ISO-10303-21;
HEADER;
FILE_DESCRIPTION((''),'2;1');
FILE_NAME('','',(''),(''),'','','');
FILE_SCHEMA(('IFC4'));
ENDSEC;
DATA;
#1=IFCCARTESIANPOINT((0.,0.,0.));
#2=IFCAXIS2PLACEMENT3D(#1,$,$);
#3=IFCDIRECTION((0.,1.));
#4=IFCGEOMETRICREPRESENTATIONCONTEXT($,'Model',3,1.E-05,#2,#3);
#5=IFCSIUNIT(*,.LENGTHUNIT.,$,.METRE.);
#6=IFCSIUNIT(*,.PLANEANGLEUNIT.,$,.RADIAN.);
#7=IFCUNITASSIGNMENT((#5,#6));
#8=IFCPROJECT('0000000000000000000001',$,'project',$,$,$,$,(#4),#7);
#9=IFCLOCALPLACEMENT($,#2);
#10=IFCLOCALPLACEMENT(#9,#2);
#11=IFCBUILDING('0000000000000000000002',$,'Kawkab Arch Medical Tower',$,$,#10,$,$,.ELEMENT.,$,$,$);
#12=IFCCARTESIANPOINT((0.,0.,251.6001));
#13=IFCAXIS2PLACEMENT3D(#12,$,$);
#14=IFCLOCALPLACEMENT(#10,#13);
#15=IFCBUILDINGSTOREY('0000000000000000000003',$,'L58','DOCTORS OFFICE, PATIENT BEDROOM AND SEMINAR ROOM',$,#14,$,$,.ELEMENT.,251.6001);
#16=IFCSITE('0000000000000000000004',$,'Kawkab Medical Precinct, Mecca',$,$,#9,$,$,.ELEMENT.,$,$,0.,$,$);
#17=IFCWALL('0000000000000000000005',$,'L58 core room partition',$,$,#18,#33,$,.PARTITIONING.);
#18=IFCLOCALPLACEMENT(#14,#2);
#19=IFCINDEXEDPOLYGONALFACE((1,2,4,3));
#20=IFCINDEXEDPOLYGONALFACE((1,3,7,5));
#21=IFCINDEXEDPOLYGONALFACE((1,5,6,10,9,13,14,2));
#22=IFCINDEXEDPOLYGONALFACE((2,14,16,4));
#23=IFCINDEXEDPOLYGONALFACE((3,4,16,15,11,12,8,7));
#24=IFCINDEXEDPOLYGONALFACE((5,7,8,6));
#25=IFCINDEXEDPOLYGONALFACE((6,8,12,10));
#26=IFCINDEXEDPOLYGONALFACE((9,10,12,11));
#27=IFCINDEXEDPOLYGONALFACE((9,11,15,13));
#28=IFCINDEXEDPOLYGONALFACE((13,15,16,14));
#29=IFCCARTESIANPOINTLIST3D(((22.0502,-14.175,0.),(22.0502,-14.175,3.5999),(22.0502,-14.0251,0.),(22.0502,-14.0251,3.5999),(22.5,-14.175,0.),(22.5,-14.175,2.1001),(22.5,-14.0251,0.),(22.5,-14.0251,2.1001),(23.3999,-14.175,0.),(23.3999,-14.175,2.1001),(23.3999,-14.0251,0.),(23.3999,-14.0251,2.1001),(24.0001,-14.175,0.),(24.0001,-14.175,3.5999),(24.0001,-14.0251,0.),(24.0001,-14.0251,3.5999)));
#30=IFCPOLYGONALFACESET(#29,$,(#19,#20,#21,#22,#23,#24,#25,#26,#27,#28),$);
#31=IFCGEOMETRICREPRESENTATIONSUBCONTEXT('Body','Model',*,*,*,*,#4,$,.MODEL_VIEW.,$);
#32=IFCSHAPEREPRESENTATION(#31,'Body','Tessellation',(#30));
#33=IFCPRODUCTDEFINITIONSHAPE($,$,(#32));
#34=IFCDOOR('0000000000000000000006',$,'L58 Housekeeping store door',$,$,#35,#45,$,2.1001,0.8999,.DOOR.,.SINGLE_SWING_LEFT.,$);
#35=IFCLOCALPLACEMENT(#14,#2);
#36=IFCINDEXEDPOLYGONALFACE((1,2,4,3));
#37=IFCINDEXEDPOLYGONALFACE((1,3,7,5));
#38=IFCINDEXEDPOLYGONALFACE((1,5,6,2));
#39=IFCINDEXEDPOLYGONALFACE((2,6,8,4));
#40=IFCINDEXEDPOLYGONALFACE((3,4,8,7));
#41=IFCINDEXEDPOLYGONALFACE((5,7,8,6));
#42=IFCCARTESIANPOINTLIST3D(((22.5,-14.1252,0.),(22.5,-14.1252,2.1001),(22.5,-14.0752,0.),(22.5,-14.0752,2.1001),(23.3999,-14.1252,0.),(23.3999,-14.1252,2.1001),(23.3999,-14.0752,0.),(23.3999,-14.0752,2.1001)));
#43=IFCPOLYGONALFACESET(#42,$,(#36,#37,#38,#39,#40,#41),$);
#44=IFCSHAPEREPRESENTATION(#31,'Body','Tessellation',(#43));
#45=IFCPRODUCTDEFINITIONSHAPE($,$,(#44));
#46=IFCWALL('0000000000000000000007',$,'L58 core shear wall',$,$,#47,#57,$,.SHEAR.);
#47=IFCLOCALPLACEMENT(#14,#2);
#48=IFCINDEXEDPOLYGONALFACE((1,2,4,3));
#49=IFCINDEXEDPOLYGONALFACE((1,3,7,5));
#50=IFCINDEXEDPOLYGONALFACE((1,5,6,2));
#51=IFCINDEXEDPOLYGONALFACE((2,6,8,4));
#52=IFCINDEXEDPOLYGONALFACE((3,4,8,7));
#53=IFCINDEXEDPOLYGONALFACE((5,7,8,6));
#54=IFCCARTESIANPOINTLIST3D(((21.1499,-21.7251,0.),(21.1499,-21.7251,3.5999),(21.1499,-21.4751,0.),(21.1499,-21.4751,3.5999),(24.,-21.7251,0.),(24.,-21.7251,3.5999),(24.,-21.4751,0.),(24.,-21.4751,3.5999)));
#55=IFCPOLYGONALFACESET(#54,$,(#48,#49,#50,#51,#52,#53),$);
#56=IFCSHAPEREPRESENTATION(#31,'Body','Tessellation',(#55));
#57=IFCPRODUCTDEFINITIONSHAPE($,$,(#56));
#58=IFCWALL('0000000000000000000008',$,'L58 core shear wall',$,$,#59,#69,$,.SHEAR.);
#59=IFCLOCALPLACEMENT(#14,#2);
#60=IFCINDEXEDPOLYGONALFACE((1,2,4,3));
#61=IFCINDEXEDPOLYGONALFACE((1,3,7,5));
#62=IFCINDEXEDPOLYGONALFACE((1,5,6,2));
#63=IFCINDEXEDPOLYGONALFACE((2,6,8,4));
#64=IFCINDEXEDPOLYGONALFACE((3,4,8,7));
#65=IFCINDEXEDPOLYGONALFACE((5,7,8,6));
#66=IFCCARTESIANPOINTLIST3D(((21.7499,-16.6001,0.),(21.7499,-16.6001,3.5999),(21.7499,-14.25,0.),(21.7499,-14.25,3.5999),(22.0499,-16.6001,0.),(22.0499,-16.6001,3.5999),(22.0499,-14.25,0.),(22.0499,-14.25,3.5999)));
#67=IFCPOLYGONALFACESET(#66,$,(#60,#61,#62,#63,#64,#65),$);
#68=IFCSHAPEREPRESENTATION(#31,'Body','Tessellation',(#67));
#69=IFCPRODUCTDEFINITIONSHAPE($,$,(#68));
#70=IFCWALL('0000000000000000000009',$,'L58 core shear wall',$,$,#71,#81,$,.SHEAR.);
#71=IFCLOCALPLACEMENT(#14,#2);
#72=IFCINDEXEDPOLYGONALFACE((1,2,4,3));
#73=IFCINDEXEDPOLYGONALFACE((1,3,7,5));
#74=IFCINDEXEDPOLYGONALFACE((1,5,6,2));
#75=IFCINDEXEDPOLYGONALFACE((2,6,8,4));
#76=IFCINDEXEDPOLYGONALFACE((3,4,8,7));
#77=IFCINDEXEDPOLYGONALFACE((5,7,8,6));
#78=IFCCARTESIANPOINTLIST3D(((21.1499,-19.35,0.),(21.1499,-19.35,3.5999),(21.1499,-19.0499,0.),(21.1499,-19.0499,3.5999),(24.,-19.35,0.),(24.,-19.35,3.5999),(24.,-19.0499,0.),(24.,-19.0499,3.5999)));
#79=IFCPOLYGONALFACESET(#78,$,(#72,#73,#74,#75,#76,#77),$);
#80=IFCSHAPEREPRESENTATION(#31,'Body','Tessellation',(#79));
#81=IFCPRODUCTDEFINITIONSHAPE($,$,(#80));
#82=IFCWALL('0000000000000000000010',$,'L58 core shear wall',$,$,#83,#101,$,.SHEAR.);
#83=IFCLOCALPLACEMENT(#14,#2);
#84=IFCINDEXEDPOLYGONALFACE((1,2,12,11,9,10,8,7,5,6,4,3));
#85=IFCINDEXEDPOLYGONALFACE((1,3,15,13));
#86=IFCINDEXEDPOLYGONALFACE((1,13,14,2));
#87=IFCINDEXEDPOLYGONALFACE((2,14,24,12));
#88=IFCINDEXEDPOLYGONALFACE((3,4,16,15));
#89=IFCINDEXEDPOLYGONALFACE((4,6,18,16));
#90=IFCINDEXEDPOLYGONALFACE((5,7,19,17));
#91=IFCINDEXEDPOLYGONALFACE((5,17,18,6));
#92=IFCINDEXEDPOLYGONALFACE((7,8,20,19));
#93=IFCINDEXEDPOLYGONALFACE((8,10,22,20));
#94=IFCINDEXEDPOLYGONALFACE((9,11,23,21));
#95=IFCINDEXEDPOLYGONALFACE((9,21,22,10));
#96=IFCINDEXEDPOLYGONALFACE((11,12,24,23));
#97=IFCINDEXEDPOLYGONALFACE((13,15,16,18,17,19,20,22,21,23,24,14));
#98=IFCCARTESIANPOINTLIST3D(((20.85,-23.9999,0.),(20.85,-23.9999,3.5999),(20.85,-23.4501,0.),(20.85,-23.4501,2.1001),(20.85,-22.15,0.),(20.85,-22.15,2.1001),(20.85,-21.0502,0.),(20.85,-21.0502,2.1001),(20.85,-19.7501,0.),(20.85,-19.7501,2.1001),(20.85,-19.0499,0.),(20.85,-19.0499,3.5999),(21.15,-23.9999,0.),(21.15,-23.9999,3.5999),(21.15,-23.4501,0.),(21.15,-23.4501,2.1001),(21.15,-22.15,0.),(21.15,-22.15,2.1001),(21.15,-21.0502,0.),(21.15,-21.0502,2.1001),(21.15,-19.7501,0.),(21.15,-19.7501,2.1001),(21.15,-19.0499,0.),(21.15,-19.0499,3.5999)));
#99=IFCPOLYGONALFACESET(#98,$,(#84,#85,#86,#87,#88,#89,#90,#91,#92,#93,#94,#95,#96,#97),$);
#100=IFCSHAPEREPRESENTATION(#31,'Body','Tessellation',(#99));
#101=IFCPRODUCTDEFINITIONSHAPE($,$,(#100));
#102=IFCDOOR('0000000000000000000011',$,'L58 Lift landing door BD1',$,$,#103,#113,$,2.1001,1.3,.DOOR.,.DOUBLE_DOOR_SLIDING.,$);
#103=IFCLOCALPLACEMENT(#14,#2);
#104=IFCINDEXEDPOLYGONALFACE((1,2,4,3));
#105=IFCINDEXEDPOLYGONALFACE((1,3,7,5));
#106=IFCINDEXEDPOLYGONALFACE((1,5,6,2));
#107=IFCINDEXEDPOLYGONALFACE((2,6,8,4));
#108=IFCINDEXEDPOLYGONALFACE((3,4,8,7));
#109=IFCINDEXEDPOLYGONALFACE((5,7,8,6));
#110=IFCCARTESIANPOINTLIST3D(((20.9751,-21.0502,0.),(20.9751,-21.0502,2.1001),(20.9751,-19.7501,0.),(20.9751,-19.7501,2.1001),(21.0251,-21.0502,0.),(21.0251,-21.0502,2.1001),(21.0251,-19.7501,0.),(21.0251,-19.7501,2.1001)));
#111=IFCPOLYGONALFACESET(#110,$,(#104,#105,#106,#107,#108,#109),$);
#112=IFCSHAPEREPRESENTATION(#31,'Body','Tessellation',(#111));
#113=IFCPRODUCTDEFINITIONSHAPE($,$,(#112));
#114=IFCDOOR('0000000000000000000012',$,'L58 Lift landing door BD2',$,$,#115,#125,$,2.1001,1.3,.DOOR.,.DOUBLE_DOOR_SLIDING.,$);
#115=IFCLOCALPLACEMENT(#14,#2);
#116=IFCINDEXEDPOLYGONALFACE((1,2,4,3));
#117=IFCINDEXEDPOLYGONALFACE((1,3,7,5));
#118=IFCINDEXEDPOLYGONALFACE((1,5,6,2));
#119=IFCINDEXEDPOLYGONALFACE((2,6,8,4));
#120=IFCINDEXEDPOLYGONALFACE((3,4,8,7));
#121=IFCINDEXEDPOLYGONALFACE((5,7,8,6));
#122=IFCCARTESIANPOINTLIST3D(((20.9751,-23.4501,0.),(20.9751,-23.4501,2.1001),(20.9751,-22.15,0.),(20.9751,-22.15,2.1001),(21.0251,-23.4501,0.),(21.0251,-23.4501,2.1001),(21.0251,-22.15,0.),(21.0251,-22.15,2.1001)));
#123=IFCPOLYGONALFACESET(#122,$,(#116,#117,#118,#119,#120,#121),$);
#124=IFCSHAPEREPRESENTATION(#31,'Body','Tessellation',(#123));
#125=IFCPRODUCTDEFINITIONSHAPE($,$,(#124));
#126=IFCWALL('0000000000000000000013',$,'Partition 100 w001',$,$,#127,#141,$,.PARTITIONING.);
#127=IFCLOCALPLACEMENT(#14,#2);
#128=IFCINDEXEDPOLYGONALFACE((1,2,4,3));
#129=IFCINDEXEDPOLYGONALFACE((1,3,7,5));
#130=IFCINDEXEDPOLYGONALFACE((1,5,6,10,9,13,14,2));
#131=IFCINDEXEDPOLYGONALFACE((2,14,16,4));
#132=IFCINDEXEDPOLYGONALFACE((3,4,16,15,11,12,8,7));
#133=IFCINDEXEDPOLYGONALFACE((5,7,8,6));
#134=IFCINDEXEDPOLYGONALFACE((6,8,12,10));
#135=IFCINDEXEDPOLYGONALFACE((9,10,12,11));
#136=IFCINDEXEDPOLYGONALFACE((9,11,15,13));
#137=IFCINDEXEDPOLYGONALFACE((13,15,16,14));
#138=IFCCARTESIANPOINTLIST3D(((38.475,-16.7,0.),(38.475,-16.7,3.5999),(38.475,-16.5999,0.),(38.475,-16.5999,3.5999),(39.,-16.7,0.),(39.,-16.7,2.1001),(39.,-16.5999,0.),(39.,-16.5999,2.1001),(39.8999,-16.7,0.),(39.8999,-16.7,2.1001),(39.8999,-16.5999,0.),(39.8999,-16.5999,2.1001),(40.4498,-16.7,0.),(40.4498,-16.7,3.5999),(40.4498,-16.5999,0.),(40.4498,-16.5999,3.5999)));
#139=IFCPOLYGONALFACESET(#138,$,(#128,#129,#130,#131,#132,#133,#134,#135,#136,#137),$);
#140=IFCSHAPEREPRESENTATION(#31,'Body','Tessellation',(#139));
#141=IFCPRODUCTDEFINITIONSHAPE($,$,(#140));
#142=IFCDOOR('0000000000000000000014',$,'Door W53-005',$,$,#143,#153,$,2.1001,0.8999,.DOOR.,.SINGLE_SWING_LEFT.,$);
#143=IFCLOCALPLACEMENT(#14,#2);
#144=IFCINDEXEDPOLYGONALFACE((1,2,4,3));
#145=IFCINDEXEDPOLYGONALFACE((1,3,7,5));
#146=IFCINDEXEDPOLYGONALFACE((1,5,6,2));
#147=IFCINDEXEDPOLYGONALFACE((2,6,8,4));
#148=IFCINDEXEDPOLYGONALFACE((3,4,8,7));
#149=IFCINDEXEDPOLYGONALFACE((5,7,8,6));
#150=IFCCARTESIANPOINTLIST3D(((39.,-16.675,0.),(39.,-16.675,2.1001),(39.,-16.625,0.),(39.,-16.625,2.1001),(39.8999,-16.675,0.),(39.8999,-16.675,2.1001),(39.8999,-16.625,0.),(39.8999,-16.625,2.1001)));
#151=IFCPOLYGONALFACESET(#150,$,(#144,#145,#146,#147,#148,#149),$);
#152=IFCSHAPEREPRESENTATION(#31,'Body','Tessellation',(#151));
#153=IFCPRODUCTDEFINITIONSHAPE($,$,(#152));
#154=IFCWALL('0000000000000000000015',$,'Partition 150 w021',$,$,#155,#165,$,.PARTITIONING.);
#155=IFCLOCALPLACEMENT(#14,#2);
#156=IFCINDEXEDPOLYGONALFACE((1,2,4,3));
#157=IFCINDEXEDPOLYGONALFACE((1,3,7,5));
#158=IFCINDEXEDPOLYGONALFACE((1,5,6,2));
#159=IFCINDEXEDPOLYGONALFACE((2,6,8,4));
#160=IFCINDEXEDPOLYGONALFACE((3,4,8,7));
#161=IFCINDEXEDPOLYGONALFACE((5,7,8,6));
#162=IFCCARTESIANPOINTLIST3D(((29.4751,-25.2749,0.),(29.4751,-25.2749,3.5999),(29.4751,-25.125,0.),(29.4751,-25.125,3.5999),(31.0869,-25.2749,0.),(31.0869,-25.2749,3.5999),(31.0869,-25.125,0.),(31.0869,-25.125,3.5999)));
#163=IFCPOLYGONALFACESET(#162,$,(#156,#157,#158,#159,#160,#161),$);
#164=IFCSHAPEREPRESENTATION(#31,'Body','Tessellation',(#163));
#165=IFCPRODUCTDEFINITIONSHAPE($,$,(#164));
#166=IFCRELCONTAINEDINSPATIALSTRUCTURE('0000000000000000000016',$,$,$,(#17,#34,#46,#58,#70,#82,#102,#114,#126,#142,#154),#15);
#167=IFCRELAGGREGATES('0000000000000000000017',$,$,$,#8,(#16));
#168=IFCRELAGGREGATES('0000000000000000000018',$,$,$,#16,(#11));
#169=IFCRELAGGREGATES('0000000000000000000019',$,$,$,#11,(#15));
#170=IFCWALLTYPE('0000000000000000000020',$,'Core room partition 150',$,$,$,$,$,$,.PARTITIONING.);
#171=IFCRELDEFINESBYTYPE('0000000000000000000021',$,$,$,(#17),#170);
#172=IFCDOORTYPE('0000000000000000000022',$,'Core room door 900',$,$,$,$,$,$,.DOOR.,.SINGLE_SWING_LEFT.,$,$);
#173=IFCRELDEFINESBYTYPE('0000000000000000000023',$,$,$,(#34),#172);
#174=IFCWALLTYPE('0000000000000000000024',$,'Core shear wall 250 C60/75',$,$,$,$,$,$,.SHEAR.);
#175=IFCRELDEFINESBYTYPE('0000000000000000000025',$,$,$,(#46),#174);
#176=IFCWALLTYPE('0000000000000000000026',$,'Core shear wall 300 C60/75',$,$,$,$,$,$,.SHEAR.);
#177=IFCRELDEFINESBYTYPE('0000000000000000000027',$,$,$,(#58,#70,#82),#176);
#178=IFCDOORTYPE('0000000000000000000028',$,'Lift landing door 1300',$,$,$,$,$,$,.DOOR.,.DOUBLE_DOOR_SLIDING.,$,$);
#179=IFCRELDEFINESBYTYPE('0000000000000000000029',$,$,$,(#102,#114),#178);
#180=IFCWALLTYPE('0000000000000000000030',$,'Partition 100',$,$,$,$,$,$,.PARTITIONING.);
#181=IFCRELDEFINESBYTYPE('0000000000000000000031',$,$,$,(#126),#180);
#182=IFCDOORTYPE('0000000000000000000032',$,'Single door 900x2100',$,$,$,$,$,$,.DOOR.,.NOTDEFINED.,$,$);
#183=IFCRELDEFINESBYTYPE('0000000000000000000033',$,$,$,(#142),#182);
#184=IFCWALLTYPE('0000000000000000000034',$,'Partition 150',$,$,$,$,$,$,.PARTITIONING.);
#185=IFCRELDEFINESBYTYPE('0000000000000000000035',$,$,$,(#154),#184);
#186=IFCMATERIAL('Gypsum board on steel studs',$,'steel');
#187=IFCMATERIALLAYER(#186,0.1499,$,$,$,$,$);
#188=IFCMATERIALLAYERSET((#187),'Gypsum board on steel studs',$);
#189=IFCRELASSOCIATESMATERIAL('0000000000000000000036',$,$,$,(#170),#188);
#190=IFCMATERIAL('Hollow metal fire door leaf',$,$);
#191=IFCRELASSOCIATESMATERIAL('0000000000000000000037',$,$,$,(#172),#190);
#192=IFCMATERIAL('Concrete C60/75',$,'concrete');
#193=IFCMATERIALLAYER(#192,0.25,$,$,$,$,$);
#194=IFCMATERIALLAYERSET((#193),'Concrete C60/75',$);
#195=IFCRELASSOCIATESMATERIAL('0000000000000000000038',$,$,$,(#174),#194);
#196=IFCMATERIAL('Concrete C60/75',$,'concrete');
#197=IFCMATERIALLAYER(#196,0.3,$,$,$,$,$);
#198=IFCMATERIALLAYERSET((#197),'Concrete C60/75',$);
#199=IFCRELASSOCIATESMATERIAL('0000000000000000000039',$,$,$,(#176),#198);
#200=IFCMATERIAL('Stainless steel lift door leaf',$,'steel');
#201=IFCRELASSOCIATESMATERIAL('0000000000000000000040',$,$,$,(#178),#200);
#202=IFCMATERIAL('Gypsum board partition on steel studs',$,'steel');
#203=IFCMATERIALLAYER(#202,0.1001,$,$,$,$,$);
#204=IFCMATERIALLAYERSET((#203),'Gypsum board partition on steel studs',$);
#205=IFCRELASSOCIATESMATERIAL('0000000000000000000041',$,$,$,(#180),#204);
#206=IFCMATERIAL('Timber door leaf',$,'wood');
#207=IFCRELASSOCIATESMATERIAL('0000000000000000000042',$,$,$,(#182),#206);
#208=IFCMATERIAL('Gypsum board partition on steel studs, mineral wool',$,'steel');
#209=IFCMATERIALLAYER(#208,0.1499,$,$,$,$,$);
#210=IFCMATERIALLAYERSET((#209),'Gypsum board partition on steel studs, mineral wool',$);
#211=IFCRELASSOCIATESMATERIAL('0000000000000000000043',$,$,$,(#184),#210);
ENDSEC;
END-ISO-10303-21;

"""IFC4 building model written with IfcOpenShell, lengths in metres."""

from ifc_helpers import new_model, si_unit, direction, frame, frame_2d, origin, place, context, subcontext, project, spatial, rectangle, extrude, material, layer, layer_set, type_object, element, fill, save


model = new_model("IFC4")

# Units and contexts
model_context = context("Model", 3, precision=1e-05, world=origin(), true_north=direction((0.0, 1.0)))
body_context = subcontext(model_context, "Body", "Model", "MODEL_VIEW")
ifc_project = project(units=[si_unit("LENGTHUNIT", "METRE"), si_unit("PLANEANGLEUNIT", "RADIAN")], contexts=[model_context])

# Site, building, storey
site_placement = place(None, origin())
site = spatial("IfcSite", under=ifc_project, at=site_placement, Name="Kawkab Medical Precinct, Mecca", CompositionType="ELEMENT", RefElevation=0.0)
building_placement = place(site_placement, origin())
building = spatial("IfcBuilding", under=site, at=building_placement, Name="Kawkab Arch Medical Tower", CompositionType="ELEMENT")
storey_placement = place(building_placement, frame((0.0, 0.0, 251.6001)))
storey = spatial("IfcBuildingStorey", under=building, at=storey_placement, Name="L58", Description="DOCTORS OFFICE, PATIENT BEDROOM AND SEMINAR ROOM", CompositionType="ELEMENT", Elevation=251.6001)

# Shared definitions
ifc_material_1 = material(Name="Gypsum board on steel studs", Category="steel")
ifc_layer_1 = layer(ifc_material_1, 0.1499)
ifc_layer_set_1 = layer_set([ifc_layer_1], Name="Gypsum board on steel studs")
wall_type_1 = type_object("IfcWallType", Name="Core room partition 150", PredefinedType="PARTITIONING", material=ifc_layer_set_1)

# Wall, opening, door
wall_1_placement = place(storey_placement, frame((22.05, -14.1001, 0.0), z_axis=(0.0, 0.0, 1.0), x_axis=(1.0, 0.0, 0.0)))
wall_1 = element("IfcWall", 1, at=wall_1_placement, inside=storey, type_object=wall_type_1, Name="L58 core room partition", PredefinedType="PARTITIONING", context=body_context, shape_type="SweptSolid", body=[
    extrude(rectangle(XDim=1.95, YDim=0.1499, at=frame_2d((0.9751, 0.0))), origin(), (0.0, 0.0, 1.0), 3.5999),
])
opening_1_placement = place(wall_1_placement, frame((0.45, 0.0, 0.0)))
opening_1 = element("IfcOpeningElement", 2, at=opening_1_placement, cuts=wall_1, PredefinedType="OPENING", context=body_context, shape_type="SweptSolid", body=[
    extrude(rectangle(XDim=0.8999, YDim=2.1001, at=frame_2d((0.45, 1.05))), frame((0.0, 0.085, 0.0), z_axis=(0.0, -1.0, 0.0), x_axis=(1.0, 0.0, 0.0)), (0.0, 0.0, 1.0), 0.1699),
])
ifc_material_2 = material(Name="Hollow metal fire door leaf")
door_type_1 = type_object("IfcDoorType", Name="Core room door 900", OperationType="SINGLE_SWING_LEFT", PredefinedType="DOOR", material=ifc_material_2)
door_1_placement = place(opening_1_placement, origin())
door_1 = element("IfcDoor", 3, at=door_1_placement, inside=storey, type_object=door_type_1, Name="L58 Housekeeping store door", OperationType="SINGLE_SWING_LEFT", OverallHeight=2.1001, OverallWidth=0.8999, PredefinedType="DOOR", context=body_context, shape_type="SweptSolid", body=[
    extrude(rectangle(XDim=0.8999, YDim=2.1001, at=frame_2d((0.45, 1.05))), frame((0.0, 0.0249, 0.0), z_axis=(0.0, -1.0, 0.0), x_axis=(1.0, 0.0, 0.0)), (0.0, 0.0, 1.0), 0.05),
])
fill(opening_1, door_1)

# Walls
ifc_material_3 = material(Name="Concrete C60/75", Category="concrete")
ifc_layer_2 = layer(ifc_material_3, 0.25)
ifc_layer_set_2 = layer_set([ifc_layer_2], Name="Concrete C60/75")
wall_type_2 = type_object("IfcWallType", Name="Core shear wall 250 C60/75", PredefinedType="SHEAR", material=ifc_layer_set_2)
wall_2_placement = place(storey_placement, frame((21.1499, -21.6001, 0.0), z_axis=(0.0, 0.0, 1.0), x_axis=(1.0, 0.0, 0.0)))
element("IfcWall", 4, at=wall_2_placement, inside=storey, type_object=wall_type_2, Name="L58 core shear wall", PredefinedType="SHEAR", context=body_context, shape_type="SweptSolid", body=[
    extrude(rectangle(XDim=2.8501, YDim=0.25, at=frame_2d((1.425, 0.0))), origin(), (0.0, 0.0, 1.0), 3.5999),
])
ifc_material_4 = material(Name="Concrete C60/75", Category="concrete")
ifc_layer_3 = layer(ifc_material_4, 0.3)
ifc_layer_set_3 = layer_set([ifc_layer_3], Name="Concrete C60/75")
wall_type_3 = type_object("IfcWallType", Name="Core shear wall 300 C60/75", PredefinedType="SHEAR", material=ifc_layer_set_3)
wall_3_placement = place(storey_placement, frame((21.8999, -16.6001, 0.0), z_axis=(0.0, 0.0, 1.0), x_axis=(0.0, 1.0, 0.0)))
element("IfcWall", 5, at=wall_3_placement, inside=storey, type_object=wall_type_3, Name="L58 core shear wall", PredefinedType="SHEAR", context=body_context, shape_type="SweptSolid", body=[
    extrude(rectangle(XDim=2.3501, YDim=0.3, at=frame_2d((1.175, 0.0))), origin(), (0.0, 0.0, 1.0), 3.5999),
])
wall_4_placement = place(storey_placement, frame((21.1499, -19.2, 0.0), z_axis=(0.0, 0.0, 1.0), x_axis=(1.0, 0.0, 0.0)))
element("IfcWall", 6, at=wall_4_placement, inside=storey, type_object=wall_type_3, Name="L58 core shear wall", PredefinedType="SHEAR", context=body_context, shape_type="SweptSolid", body=[
    extrude(rectangle(XDim=2.8501, YDim=0.3, at=frame_2d((1.425, 0.0))), origin(), (0.0, 0.0, 1.0), 3.5999),
])

# Wall, openings, doors
wall_5_placement = place(storey_placement, frame((21.0, -24.0, 0.0), z_axis=(0.0, 0.0, 1.0), x_axis=(0.0, 1.0, 0.0)))
wall_5 = element("IfcWall", 7, at=wall_5_placement, inside=storey, type_object=wall_type_3, Name="L58 core shear wall", PredefinedType="SHEAR", context=body_context, shape_type="SweptSolid", body=[
    extrude(rectangle(XDim=4.95, YDim=0.3, at=frame_2d((2.4751, 0.0))), origin(), (0.0, 0.0, 1.0), 3.5999),
])
opening_2_placement = place(wall_5_placement, frame((2.95, 0.0, 0.0)))
opening_2 = element("IfcOpeningElement", 8, at=opening_2_placement, cuts=wall_5, PredefinedType="OPENING", context=body_context, shape_type="SweptSolid", body=[
    extrude(rectangle(XDim=1.3, YDim=2.1001, at=frame_2d((0.6499, 1.05))), frame((0.0, 0.1599, 0.0), z_axis=(0.0, -1.0, 0.0), x_axis=(1.0, 0.0, 0.0)), (0.0, 0.0, 1.0), 0.3201),
])
opening_3_placement = place(wall_5_placement, frame((0.55, 0.0, 0.0)))
opening_3 = element("IfcOpeningElement", 9, at=opening_3_placement, cuts=wall_5, PredefinedType="OPENING", context=body_context, shape_type="SweptSolid", body=[
    extrude(rectangle(XDim=1.3, YDim=2.1001, at=frame_2d((0.6499, 1.05))), frame((0.0, 0.1599, 0.0), z_axis=(0.0, -1.0, 0.0), x_axis=(1.0, 0.0, 0.0)), (0.0, 0.0, 1.0), 0.3201),
])
ifc_material_5 = material(Name="Stainless steel lift door leaf", Category="steel")
door_type_2 = type_object("IfcDoorType", Name="Lift landing door 1300", OperationType="DOUBLE_DOOR_SLIDING", PredefinedType="DOOR", material=ifc_material_5)
door_2_placement = place(opening_2_placement, origin())
door_2 = element("IfcDoor", 10, at=door_2_placement, inside=storey, type_object=door_type_2, Name="L58 Lift landing door BD1", OperationType="DOUBLE_DOOR_SLIDING", OverallHeight=2.1001, OverallWidth=1.3, PredefinedType="DOOR", context=body_context, shape_type="SweptSolid", body=[
    extrude(rectangle(XDim=1.3, YDim=2.1001, at=frame_2d((0.6499, 1.05))), frame((0.0, 0.0249, 0.0), z_axis=(0.0, -1.0, 0.0), x_axis=(1.0, 0.0, 0.0)), (0.0, 0.0, 1.0), 0.05),
])
fill(opening_2, door_2)
door_3_placement = place(opening_3_placement, origin())
door_3 = element("IfcDoor", 11, at=door_3_placement, inside=storey, type_object=door_type_2, Name="L58 Lift landing door BD2", OperationType="DOUBLE_DOOR_SLIDING", OverallHeight=2.1001, OverallWidth=1.3, PredefinedType="DOOR", context=body_context, shape_type="SweptSolid", body=[
    extrude(rectangle(XDim=1.3, YDim=2.1001, at=frame_2d((0.6499, 1.05))), frame((0.0, 0.0249, 0.0), z_axis=(0.0, -1.0, 0.0), x_axis=(1.0, 0.0, 0.0)), (0.0, 0.0, 1.0), 0.05),
])
fill(opening_3, door_3)

# Wall, opening, door
ifc_material_6 = material(Name="Gypsum board partition on steel studs", Category="steel")
ifc_layer_4 = layer(ifc_material_6, 0.1001)
ifc_layer_set_4 = layer_set([ifc_layer_4], Name="Gypsum board partition on steel studs")
wall_type_4 = type_object("IfcWallType", Name="Partition 100", PredefinedType="PARTITIONING", material=ifc_layer_set_4)
wall_6_placement = place(storey_placement, frame((38.4751, -16.6499, 0.0), z_axis=(0.0, 0.0, 1.0), x_axis=(1.0, 0.0, 0.0)))
wall_6 = element("IfcWall", 12, at=wall_6_placement, inside=storey, type_object=wall_type_4, Name="Partition 100 w001", PredefinedType="PARTITIONING", context=body_context, shape_type="SweptSolid", body=[
    extrude(rectangle(XDim=1.9749, YDim=0.1001, at=frame_2d((0.9873, 0.0))), origin(), (0.0, 0.0, 1.0), 3.5999),
])
opening_4_placement = place(wall_6_placement, frame((0.5249, 0.0, 0.0)))
opening_4 = element("IfcOpeningElement", 13, at=opening_4_placement, cuts=wall_6, PredefinedType="OPENING", context=body_context, shape_type="SweptSolid", body=[
    extrude(rectangle(XDim=0.8999, YDim=2.1001, at=frame_2d((0.45, 1.05))), frame((0.0, 0.0601, 0.0), z_axis=(0.0, -1.0, 0.0), x_axis=(1.0, 0.0, 0.0)), (0.0, 0.0, 1.0), 0.1201),
])
ifc_material_7 = material(Name="Timber door leaf", Category="wood")
door_type_3 = type_object("IfcDoorType", Name="Single door 900x2100", OperationType="NOTDEFINED", PredefinedType="DOOR", material=ifc_material_7)
door_4_placement = place(opening_4_placement, origin())
door_4 = element("IfcDoor", 14, at=door_4_placement, inside=storey, type_object=door_type_3, Name="Door W53-005", OperationType="SINGLE_SWING_LEFT", OverallHeight=2.1001, OverallWidth=0.8999, PredefinedType="DOOR", context=body_context, shape_type="SweptSolid", body=[
    extrude(rectangle(XDim=0.8999, YDim=2.1001, at=frame_2d((0.45, 1.05))), frame((0.0, 0.0249, 0.0), z_axis=(0.0, -1.0, 0.0), x_axis=(1.0, 0.0, 0.0)), (0.0, 0.0, 1.0), 0.05),
])
fill(opening_4, door_4)

# Wall
ifc_material_8 = material(Name="Gypsum board partition on steel studs, mineral wool", Category="steel")
ifc_layer_5 = layer(ifc_material_8, 0.1499)
ifc_layer_set_5 = layer_set([ifc_layer_5], Name="Gypsum board partition on steel studs, mineral wool")
wall_type_5 = type_object("IfcWallType", Name="Partition 150", PredefinedType="PARTITIONING", material=ifc_layer_set_5)
wall_7_placement = place(storey_placement, frame((29.4751, -25.2, 0.0), z_axis=(0.0, 0.0, 1.0), x_axis=(1.0, 0.0, 0.0)))
element("IfcWall", 15, at=wall_7_placement, inside=storey, type_object=wall_type_5, Name="Partition 150 w021", PredefinedType="PARTITIONING", context=body_context, shape_type="SweptSolid", body=[
    extrude(rectangle(XDim=1.6118, YDim=0.1499, at=frame_2d((0.8059, 0.0))), origin(), (0.0, 0.0, 1.0), 3.5999),
])

save(model, "model.ifc")
